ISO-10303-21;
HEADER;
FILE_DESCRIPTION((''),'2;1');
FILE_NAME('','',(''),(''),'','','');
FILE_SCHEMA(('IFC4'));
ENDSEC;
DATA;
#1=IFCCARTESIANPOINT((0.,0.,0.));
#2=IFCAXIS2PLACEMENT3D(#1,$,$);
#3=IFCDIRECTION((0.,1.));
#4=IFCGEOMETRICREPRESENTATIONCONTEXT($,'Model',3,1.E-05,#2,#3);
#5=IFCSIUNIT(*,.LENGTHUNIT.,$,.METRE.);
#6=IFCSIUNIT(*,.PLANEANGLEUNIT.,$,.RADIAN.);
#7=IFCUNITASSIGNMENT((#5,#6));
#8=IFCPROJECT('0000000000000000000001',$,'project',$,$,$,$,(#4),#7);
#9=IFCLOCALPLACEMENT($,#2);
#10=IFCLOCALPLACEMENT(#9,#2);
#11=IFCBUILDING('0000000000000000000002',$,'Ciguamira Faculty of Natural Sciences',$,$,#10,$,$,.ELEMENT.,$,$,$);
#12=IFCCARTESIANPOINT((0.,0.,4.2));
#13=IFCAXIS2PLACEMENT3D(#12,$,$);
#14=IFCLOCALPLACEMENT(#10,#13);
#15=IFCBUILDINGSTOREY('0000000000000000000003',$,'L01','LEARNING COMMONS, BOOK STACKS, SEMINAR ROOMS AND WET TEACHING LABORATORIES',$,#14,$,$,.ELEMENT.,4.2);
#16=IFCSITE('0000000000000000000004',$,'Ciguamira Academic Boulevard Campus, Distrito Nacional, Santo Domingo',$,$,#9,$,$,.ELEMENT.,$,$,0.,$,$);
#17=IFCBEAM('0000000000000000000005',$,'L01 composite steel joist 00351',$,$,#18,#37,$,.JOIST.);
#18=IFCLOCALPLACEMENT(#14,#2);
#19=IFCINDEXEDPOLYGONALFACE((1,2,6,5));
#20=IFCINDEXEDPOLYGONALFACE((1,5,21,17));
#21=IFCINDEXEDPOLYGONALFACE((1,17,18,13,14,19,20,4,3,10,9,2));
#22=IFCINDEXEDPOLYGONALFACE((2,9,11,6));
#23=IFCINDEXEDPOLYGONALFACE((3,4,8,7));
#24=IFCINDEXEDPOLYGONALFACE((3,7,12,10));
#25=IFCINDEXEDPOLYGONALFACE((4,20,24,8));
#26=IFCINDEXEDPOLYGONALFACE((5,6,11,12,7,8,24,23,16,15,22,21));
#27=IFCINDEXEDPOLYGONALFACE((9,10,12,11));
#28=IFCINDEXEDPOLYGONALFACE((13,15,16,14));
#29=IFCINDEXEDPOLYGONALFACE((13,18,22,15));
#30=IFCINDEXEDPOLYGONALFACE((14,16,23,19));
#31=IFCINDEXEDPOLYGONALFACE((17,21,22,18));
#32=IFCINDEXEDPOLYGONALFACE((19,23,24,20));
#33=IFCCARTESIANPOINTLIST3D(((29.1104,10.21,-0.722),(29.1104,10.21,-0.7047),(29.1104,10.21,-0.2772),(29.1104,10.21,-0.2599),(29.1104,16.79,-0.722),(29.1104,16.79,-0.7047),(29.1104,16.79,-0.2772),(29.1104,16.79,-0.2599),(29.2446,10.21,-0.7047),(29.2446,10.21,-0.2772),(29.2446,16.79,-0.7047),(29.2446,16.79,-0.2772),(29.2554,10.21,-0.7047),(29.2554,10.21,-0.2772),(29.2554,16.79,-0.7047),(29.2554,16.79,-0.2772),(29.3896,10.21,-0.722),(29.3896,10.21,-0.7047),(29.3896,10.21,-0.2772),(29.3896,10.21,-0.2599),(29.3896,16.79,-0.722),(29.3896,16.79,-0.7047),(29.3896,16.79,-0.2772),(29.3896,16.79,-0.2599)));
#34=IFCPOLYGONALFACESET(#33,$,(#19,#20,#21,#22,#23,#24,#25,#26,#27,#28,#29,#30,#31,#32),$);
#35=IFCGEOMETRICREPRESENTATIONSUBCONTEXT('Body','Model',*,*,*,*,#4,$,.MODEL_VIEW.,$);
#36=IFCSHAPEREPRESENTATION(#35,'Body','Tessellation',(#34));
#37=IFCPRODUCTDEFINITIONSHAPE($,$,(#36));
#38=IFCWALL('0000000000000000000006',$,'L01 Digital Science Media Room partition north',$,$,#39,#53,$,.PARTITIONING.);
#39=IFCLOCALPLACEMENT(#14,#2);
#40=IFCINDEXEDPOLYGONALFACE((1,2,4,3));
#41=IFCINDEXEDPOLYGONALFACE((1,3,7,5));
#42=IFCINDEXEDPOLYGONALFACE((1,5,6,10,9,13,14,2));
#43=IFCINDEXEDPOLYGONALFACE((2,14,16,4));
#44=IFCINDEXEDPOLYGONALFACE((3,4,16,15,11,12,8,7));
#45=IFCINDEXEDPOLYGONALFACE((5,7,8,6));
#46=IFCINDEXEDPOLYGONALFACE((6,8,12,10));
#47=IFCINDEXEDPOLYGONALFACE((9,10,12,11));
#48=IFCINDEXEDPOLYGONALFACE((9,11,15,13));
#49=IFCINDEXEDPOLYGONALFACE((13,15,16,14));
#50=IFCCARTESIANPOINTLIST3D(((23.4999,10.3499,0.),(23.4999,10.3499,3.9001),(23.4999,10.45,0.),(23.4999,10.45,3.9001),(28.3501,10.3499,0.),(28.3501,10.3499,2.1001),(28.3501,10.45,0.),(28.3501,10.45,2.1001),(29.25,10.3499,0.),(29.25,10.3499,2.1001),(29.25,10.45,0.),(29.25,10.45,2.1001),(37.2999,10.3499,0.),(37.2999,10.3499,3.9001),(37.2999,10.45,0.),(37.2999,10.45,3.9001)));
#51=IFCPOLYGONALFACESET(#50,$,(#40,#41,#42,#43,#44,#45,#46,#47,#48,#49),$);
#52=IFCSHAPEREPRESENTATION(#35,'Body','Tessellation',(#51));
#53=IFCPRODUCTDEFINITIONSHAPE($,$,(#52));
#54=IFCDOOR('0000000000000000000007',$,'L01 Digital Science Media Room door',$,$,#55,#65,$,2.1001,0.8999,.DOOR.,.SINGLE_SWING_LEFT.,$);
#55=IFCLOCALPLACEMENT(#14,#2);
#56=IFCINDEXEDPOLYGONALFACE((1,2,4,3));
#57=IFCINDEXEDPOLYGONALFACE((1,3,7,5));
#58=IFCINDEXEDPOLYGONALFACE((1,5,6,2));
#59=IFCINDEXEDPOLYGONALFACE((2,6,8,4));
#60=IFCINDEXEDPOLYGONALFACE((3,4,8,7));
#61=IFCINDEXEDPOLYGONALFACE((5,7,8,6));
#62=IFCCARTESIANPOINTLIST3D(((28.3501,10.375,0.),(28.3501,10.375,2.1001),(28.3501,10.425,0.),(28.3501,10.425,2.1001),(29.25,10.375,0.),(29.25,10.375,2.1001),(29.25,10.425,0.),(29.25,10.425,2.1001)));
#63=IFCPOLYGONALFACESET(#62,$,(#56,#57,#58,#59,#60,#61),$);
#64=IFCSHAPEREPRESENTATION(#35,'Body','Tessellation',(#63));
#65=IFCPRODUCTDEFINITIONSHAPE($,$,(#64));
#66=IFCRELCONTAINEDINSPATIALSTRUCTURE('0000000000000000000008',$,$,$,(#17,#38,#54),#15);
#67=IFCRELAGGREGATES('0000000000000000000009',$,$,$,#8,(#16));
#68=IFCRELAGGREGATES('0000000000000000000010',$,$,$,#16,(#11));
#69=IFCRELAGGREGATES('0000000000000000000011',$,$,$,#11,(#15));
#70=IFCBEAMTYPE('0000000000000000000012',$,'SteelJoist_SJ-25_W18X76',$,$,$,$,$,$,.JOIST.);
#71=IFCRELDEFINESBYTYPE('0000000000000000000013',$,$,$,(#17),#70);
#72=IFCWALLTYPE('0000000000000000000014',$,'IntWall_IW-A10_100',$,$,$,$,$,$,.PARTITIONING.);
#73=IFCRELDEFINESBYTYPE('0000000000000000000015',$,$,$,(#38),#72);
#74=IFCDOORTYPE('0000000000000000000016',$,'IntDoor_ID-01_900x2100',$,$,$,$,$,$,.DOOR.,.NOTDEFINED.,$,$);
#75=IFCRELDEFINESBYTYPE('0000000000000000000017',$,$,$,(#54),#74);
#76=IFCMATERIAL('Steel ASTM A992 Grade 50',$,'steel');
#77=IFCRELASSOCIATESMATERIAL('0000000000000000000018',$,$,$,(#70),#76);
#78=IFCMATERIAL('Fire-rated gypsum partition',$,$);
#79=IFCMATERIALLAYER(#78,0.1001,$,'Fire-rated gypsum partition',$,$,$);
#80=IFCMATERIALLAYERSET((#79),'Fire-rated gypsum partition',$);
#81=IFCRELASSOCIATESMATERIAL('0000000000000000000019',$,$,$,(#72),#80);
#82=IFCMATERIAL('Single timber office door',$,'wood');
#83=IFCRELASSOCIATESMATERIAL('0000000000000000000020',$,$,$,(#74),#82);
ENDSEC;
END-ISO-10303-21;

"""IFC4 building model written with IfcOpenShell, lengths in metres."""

from ifc_helpers import new_model, si_unit, direction, frame, frame_2d, origin, origin_2d, place, context, subcontext, project, spatial, rectangle, i_section, extrude, material, layer, layer_set, material_profile, profile_set, type_object, element, fill, save


model = new_model("IFC4")

# Units and contexts
model_context = context("Model", 3, precision=1e-05, world=origin(), true_north=direction((0.0, 1.0)))
body_context = subcontext(model_context, "Body", "Model", "MODEL_VIEW")
ifc_project = project(units=[si_unit("LENGTHUNIT", "METRE"), si_unit("PLANEANGLEUNIT", "RADIAN")], contexts=[model_context])

# Site, building, storey
site_placement = place(None, origin())
site = spatial("IfcSite", under=ifc_project, at=site_placement, Name="Ciguamira Academic Boulevard Campus, Distrito Nacional, Santo Domingo", CompositionType="ELEMENT", RefElevation=0.0)
building_placement = place(site_placement, origin())
building = spatial("IfcBuilding", under=site, at=building_placement, Name="Ciguamira Faculty of Natural Sciences", CompositionType="ELEMENT")
storey_placement = place(building_placement, frame((0.0, 0.0, 4.2)))
storey = spatial("IfcBuildingStorey", under=building, at=storey_placement, Name="L01", Description="LEARNING COMMONS, BOOK STACKS, SEMINAR ROOMS AND WET TEACHING LABORATORIES", CompositionType="ELEMENT", Elevation=4.2)

# Beam
ifc_material_1 = material(Name="Steel ASTM A992 Grade 50", Category="steel")
ifc_material_profile_1 = material_profile(ifc_material_1, i_section(OverallWidth=0.2793, OverallDepth=0.4622, WebThickness=0.0107, FlangeThickness=0.0173, at=origin_2d()), Name="W18X76")
ifc_profile_set_1 = profile_set([ifc_material_profile_1], Name="Steel ASTM A992 Grade 50")
beam_type_1 = type_object("IfcBeamType", Name="SteelJoist_SJ-25_W18X76", PredefinedType="JOIST", material=ifc_profile_set_1)
beam_1_placement = place(storey_placement, frame((29.25, 10.21, -0.491), z_axis=(0.0, 1.0, 0.0), x_axis=(-1.0, 0.0, 0.0)))
element("IfcBeam", 1, at=beam_1_placement, inside=storey, type_object=beam_type_1, Name="L01 composite steel joist 00351", PredefinedType="JOIST", context=body_context, shape_type="SweptSolid", body=[
    extrude(i_section(OverallWidth=0.2793, OverallDepth=0.4622, WebThickness=0.0107, FlangeThickness=0.0173, at=origin_2d()), origin(), (0.0, 0.0, 1.0), 6.5801),
])

# Wall, opening, door
ifc_material_2 = material(Name="Fire-rated gypsum partition")
ifc_layer = layer(ifc_material_2, 0.1001, Name="Fire-rated gypsum partition")
ifc_layer_set = layer_set([ifc_layer], Name="Fire-rated gypsum partition")
wall_type = type_object("IfcWallType", Name="IntWall_IW-A10_100", PredefinedType="PARTITIONING", material=ifc_layer_set)
wall_placement = place(storey_placement, frame((23.5, 10.3999, 0.0), z_axis=(0.0, 0.0, 1.0), x_axis=(1.0, 0.0, 0.0)))
wall = element("IfcWall", 2, at=wall_placement, inside=storey, type_object=wall_type, Name="L01 Digital Science Media Room partition north", PredefinedType="PARTITIONING", context=body_context, shape_type="SweptSolid", body=[
    extrude(rectangle(XDim=13.8, YDim=0.1001, at=frame_2d((6.8999, 0.0))), origin(), (0.0, 0.0, 1.0), 3.9001),
])
opening_placement = place(wall_placement, frame((4.8501, 0.0, 0.0)))
opening = element("IfcOpeningElement", 3, at=opening_placement, cuts=wall, PredefinedType="OPENING", context=body_context, shape_type="SweptSolid", body=[
    extrude(rectangle(XDim=0.8999, YDim=2.1001, at=frame_2d((0.45, 1.05))), frame((0.0, 0.0601, 0.0), z_axis=(0.0, -1.0, 0.0), x_axis=(1.0, 0.0, 0.0)), (0.0, 0.0, 1.0), 0.1201),
])
ifc_material_3 = material(Name="Single timber office door", Category="wood")
door_type = type_object("IfcDoorType", Name="IntDoor_ID-01_900x2100", OperationType="NOTDEFINED", PredefinedType="DOOR", material=ifc_material_3)
door_placement = place(opening_placement, frame((0.8999, 0.0, 0.0), z_axis=(0.0, 0.0, 1.0), x_axis=(-1.0, 0.0, 0.0)))
door = element("IfcDoor", 4, at=door_placement, inside=storey, type_object=door_type, Name="L01 Digital Science Media Room door", OperationType="SINGLE_SWING_LEFT", OverallHeight=2.1001, OverallWidth=0.8999, PredefinedType="DOOR", context=body_context, shape_type="SweptSolid", body=[
    extrude(rectangle(XDim=0.8999, YDim=2.1001, at=frame_2d((0.45, 1.05))), frame((0.0, 0.0249, 0.0), z_axis=(0.0, -1.0, 0.0), x_axis=(1.0, 0.0, 0.0)), (0.0, 0.0, 1.0), 0.05),
])
fill(opening, door)

save(model, "model.ifc")
